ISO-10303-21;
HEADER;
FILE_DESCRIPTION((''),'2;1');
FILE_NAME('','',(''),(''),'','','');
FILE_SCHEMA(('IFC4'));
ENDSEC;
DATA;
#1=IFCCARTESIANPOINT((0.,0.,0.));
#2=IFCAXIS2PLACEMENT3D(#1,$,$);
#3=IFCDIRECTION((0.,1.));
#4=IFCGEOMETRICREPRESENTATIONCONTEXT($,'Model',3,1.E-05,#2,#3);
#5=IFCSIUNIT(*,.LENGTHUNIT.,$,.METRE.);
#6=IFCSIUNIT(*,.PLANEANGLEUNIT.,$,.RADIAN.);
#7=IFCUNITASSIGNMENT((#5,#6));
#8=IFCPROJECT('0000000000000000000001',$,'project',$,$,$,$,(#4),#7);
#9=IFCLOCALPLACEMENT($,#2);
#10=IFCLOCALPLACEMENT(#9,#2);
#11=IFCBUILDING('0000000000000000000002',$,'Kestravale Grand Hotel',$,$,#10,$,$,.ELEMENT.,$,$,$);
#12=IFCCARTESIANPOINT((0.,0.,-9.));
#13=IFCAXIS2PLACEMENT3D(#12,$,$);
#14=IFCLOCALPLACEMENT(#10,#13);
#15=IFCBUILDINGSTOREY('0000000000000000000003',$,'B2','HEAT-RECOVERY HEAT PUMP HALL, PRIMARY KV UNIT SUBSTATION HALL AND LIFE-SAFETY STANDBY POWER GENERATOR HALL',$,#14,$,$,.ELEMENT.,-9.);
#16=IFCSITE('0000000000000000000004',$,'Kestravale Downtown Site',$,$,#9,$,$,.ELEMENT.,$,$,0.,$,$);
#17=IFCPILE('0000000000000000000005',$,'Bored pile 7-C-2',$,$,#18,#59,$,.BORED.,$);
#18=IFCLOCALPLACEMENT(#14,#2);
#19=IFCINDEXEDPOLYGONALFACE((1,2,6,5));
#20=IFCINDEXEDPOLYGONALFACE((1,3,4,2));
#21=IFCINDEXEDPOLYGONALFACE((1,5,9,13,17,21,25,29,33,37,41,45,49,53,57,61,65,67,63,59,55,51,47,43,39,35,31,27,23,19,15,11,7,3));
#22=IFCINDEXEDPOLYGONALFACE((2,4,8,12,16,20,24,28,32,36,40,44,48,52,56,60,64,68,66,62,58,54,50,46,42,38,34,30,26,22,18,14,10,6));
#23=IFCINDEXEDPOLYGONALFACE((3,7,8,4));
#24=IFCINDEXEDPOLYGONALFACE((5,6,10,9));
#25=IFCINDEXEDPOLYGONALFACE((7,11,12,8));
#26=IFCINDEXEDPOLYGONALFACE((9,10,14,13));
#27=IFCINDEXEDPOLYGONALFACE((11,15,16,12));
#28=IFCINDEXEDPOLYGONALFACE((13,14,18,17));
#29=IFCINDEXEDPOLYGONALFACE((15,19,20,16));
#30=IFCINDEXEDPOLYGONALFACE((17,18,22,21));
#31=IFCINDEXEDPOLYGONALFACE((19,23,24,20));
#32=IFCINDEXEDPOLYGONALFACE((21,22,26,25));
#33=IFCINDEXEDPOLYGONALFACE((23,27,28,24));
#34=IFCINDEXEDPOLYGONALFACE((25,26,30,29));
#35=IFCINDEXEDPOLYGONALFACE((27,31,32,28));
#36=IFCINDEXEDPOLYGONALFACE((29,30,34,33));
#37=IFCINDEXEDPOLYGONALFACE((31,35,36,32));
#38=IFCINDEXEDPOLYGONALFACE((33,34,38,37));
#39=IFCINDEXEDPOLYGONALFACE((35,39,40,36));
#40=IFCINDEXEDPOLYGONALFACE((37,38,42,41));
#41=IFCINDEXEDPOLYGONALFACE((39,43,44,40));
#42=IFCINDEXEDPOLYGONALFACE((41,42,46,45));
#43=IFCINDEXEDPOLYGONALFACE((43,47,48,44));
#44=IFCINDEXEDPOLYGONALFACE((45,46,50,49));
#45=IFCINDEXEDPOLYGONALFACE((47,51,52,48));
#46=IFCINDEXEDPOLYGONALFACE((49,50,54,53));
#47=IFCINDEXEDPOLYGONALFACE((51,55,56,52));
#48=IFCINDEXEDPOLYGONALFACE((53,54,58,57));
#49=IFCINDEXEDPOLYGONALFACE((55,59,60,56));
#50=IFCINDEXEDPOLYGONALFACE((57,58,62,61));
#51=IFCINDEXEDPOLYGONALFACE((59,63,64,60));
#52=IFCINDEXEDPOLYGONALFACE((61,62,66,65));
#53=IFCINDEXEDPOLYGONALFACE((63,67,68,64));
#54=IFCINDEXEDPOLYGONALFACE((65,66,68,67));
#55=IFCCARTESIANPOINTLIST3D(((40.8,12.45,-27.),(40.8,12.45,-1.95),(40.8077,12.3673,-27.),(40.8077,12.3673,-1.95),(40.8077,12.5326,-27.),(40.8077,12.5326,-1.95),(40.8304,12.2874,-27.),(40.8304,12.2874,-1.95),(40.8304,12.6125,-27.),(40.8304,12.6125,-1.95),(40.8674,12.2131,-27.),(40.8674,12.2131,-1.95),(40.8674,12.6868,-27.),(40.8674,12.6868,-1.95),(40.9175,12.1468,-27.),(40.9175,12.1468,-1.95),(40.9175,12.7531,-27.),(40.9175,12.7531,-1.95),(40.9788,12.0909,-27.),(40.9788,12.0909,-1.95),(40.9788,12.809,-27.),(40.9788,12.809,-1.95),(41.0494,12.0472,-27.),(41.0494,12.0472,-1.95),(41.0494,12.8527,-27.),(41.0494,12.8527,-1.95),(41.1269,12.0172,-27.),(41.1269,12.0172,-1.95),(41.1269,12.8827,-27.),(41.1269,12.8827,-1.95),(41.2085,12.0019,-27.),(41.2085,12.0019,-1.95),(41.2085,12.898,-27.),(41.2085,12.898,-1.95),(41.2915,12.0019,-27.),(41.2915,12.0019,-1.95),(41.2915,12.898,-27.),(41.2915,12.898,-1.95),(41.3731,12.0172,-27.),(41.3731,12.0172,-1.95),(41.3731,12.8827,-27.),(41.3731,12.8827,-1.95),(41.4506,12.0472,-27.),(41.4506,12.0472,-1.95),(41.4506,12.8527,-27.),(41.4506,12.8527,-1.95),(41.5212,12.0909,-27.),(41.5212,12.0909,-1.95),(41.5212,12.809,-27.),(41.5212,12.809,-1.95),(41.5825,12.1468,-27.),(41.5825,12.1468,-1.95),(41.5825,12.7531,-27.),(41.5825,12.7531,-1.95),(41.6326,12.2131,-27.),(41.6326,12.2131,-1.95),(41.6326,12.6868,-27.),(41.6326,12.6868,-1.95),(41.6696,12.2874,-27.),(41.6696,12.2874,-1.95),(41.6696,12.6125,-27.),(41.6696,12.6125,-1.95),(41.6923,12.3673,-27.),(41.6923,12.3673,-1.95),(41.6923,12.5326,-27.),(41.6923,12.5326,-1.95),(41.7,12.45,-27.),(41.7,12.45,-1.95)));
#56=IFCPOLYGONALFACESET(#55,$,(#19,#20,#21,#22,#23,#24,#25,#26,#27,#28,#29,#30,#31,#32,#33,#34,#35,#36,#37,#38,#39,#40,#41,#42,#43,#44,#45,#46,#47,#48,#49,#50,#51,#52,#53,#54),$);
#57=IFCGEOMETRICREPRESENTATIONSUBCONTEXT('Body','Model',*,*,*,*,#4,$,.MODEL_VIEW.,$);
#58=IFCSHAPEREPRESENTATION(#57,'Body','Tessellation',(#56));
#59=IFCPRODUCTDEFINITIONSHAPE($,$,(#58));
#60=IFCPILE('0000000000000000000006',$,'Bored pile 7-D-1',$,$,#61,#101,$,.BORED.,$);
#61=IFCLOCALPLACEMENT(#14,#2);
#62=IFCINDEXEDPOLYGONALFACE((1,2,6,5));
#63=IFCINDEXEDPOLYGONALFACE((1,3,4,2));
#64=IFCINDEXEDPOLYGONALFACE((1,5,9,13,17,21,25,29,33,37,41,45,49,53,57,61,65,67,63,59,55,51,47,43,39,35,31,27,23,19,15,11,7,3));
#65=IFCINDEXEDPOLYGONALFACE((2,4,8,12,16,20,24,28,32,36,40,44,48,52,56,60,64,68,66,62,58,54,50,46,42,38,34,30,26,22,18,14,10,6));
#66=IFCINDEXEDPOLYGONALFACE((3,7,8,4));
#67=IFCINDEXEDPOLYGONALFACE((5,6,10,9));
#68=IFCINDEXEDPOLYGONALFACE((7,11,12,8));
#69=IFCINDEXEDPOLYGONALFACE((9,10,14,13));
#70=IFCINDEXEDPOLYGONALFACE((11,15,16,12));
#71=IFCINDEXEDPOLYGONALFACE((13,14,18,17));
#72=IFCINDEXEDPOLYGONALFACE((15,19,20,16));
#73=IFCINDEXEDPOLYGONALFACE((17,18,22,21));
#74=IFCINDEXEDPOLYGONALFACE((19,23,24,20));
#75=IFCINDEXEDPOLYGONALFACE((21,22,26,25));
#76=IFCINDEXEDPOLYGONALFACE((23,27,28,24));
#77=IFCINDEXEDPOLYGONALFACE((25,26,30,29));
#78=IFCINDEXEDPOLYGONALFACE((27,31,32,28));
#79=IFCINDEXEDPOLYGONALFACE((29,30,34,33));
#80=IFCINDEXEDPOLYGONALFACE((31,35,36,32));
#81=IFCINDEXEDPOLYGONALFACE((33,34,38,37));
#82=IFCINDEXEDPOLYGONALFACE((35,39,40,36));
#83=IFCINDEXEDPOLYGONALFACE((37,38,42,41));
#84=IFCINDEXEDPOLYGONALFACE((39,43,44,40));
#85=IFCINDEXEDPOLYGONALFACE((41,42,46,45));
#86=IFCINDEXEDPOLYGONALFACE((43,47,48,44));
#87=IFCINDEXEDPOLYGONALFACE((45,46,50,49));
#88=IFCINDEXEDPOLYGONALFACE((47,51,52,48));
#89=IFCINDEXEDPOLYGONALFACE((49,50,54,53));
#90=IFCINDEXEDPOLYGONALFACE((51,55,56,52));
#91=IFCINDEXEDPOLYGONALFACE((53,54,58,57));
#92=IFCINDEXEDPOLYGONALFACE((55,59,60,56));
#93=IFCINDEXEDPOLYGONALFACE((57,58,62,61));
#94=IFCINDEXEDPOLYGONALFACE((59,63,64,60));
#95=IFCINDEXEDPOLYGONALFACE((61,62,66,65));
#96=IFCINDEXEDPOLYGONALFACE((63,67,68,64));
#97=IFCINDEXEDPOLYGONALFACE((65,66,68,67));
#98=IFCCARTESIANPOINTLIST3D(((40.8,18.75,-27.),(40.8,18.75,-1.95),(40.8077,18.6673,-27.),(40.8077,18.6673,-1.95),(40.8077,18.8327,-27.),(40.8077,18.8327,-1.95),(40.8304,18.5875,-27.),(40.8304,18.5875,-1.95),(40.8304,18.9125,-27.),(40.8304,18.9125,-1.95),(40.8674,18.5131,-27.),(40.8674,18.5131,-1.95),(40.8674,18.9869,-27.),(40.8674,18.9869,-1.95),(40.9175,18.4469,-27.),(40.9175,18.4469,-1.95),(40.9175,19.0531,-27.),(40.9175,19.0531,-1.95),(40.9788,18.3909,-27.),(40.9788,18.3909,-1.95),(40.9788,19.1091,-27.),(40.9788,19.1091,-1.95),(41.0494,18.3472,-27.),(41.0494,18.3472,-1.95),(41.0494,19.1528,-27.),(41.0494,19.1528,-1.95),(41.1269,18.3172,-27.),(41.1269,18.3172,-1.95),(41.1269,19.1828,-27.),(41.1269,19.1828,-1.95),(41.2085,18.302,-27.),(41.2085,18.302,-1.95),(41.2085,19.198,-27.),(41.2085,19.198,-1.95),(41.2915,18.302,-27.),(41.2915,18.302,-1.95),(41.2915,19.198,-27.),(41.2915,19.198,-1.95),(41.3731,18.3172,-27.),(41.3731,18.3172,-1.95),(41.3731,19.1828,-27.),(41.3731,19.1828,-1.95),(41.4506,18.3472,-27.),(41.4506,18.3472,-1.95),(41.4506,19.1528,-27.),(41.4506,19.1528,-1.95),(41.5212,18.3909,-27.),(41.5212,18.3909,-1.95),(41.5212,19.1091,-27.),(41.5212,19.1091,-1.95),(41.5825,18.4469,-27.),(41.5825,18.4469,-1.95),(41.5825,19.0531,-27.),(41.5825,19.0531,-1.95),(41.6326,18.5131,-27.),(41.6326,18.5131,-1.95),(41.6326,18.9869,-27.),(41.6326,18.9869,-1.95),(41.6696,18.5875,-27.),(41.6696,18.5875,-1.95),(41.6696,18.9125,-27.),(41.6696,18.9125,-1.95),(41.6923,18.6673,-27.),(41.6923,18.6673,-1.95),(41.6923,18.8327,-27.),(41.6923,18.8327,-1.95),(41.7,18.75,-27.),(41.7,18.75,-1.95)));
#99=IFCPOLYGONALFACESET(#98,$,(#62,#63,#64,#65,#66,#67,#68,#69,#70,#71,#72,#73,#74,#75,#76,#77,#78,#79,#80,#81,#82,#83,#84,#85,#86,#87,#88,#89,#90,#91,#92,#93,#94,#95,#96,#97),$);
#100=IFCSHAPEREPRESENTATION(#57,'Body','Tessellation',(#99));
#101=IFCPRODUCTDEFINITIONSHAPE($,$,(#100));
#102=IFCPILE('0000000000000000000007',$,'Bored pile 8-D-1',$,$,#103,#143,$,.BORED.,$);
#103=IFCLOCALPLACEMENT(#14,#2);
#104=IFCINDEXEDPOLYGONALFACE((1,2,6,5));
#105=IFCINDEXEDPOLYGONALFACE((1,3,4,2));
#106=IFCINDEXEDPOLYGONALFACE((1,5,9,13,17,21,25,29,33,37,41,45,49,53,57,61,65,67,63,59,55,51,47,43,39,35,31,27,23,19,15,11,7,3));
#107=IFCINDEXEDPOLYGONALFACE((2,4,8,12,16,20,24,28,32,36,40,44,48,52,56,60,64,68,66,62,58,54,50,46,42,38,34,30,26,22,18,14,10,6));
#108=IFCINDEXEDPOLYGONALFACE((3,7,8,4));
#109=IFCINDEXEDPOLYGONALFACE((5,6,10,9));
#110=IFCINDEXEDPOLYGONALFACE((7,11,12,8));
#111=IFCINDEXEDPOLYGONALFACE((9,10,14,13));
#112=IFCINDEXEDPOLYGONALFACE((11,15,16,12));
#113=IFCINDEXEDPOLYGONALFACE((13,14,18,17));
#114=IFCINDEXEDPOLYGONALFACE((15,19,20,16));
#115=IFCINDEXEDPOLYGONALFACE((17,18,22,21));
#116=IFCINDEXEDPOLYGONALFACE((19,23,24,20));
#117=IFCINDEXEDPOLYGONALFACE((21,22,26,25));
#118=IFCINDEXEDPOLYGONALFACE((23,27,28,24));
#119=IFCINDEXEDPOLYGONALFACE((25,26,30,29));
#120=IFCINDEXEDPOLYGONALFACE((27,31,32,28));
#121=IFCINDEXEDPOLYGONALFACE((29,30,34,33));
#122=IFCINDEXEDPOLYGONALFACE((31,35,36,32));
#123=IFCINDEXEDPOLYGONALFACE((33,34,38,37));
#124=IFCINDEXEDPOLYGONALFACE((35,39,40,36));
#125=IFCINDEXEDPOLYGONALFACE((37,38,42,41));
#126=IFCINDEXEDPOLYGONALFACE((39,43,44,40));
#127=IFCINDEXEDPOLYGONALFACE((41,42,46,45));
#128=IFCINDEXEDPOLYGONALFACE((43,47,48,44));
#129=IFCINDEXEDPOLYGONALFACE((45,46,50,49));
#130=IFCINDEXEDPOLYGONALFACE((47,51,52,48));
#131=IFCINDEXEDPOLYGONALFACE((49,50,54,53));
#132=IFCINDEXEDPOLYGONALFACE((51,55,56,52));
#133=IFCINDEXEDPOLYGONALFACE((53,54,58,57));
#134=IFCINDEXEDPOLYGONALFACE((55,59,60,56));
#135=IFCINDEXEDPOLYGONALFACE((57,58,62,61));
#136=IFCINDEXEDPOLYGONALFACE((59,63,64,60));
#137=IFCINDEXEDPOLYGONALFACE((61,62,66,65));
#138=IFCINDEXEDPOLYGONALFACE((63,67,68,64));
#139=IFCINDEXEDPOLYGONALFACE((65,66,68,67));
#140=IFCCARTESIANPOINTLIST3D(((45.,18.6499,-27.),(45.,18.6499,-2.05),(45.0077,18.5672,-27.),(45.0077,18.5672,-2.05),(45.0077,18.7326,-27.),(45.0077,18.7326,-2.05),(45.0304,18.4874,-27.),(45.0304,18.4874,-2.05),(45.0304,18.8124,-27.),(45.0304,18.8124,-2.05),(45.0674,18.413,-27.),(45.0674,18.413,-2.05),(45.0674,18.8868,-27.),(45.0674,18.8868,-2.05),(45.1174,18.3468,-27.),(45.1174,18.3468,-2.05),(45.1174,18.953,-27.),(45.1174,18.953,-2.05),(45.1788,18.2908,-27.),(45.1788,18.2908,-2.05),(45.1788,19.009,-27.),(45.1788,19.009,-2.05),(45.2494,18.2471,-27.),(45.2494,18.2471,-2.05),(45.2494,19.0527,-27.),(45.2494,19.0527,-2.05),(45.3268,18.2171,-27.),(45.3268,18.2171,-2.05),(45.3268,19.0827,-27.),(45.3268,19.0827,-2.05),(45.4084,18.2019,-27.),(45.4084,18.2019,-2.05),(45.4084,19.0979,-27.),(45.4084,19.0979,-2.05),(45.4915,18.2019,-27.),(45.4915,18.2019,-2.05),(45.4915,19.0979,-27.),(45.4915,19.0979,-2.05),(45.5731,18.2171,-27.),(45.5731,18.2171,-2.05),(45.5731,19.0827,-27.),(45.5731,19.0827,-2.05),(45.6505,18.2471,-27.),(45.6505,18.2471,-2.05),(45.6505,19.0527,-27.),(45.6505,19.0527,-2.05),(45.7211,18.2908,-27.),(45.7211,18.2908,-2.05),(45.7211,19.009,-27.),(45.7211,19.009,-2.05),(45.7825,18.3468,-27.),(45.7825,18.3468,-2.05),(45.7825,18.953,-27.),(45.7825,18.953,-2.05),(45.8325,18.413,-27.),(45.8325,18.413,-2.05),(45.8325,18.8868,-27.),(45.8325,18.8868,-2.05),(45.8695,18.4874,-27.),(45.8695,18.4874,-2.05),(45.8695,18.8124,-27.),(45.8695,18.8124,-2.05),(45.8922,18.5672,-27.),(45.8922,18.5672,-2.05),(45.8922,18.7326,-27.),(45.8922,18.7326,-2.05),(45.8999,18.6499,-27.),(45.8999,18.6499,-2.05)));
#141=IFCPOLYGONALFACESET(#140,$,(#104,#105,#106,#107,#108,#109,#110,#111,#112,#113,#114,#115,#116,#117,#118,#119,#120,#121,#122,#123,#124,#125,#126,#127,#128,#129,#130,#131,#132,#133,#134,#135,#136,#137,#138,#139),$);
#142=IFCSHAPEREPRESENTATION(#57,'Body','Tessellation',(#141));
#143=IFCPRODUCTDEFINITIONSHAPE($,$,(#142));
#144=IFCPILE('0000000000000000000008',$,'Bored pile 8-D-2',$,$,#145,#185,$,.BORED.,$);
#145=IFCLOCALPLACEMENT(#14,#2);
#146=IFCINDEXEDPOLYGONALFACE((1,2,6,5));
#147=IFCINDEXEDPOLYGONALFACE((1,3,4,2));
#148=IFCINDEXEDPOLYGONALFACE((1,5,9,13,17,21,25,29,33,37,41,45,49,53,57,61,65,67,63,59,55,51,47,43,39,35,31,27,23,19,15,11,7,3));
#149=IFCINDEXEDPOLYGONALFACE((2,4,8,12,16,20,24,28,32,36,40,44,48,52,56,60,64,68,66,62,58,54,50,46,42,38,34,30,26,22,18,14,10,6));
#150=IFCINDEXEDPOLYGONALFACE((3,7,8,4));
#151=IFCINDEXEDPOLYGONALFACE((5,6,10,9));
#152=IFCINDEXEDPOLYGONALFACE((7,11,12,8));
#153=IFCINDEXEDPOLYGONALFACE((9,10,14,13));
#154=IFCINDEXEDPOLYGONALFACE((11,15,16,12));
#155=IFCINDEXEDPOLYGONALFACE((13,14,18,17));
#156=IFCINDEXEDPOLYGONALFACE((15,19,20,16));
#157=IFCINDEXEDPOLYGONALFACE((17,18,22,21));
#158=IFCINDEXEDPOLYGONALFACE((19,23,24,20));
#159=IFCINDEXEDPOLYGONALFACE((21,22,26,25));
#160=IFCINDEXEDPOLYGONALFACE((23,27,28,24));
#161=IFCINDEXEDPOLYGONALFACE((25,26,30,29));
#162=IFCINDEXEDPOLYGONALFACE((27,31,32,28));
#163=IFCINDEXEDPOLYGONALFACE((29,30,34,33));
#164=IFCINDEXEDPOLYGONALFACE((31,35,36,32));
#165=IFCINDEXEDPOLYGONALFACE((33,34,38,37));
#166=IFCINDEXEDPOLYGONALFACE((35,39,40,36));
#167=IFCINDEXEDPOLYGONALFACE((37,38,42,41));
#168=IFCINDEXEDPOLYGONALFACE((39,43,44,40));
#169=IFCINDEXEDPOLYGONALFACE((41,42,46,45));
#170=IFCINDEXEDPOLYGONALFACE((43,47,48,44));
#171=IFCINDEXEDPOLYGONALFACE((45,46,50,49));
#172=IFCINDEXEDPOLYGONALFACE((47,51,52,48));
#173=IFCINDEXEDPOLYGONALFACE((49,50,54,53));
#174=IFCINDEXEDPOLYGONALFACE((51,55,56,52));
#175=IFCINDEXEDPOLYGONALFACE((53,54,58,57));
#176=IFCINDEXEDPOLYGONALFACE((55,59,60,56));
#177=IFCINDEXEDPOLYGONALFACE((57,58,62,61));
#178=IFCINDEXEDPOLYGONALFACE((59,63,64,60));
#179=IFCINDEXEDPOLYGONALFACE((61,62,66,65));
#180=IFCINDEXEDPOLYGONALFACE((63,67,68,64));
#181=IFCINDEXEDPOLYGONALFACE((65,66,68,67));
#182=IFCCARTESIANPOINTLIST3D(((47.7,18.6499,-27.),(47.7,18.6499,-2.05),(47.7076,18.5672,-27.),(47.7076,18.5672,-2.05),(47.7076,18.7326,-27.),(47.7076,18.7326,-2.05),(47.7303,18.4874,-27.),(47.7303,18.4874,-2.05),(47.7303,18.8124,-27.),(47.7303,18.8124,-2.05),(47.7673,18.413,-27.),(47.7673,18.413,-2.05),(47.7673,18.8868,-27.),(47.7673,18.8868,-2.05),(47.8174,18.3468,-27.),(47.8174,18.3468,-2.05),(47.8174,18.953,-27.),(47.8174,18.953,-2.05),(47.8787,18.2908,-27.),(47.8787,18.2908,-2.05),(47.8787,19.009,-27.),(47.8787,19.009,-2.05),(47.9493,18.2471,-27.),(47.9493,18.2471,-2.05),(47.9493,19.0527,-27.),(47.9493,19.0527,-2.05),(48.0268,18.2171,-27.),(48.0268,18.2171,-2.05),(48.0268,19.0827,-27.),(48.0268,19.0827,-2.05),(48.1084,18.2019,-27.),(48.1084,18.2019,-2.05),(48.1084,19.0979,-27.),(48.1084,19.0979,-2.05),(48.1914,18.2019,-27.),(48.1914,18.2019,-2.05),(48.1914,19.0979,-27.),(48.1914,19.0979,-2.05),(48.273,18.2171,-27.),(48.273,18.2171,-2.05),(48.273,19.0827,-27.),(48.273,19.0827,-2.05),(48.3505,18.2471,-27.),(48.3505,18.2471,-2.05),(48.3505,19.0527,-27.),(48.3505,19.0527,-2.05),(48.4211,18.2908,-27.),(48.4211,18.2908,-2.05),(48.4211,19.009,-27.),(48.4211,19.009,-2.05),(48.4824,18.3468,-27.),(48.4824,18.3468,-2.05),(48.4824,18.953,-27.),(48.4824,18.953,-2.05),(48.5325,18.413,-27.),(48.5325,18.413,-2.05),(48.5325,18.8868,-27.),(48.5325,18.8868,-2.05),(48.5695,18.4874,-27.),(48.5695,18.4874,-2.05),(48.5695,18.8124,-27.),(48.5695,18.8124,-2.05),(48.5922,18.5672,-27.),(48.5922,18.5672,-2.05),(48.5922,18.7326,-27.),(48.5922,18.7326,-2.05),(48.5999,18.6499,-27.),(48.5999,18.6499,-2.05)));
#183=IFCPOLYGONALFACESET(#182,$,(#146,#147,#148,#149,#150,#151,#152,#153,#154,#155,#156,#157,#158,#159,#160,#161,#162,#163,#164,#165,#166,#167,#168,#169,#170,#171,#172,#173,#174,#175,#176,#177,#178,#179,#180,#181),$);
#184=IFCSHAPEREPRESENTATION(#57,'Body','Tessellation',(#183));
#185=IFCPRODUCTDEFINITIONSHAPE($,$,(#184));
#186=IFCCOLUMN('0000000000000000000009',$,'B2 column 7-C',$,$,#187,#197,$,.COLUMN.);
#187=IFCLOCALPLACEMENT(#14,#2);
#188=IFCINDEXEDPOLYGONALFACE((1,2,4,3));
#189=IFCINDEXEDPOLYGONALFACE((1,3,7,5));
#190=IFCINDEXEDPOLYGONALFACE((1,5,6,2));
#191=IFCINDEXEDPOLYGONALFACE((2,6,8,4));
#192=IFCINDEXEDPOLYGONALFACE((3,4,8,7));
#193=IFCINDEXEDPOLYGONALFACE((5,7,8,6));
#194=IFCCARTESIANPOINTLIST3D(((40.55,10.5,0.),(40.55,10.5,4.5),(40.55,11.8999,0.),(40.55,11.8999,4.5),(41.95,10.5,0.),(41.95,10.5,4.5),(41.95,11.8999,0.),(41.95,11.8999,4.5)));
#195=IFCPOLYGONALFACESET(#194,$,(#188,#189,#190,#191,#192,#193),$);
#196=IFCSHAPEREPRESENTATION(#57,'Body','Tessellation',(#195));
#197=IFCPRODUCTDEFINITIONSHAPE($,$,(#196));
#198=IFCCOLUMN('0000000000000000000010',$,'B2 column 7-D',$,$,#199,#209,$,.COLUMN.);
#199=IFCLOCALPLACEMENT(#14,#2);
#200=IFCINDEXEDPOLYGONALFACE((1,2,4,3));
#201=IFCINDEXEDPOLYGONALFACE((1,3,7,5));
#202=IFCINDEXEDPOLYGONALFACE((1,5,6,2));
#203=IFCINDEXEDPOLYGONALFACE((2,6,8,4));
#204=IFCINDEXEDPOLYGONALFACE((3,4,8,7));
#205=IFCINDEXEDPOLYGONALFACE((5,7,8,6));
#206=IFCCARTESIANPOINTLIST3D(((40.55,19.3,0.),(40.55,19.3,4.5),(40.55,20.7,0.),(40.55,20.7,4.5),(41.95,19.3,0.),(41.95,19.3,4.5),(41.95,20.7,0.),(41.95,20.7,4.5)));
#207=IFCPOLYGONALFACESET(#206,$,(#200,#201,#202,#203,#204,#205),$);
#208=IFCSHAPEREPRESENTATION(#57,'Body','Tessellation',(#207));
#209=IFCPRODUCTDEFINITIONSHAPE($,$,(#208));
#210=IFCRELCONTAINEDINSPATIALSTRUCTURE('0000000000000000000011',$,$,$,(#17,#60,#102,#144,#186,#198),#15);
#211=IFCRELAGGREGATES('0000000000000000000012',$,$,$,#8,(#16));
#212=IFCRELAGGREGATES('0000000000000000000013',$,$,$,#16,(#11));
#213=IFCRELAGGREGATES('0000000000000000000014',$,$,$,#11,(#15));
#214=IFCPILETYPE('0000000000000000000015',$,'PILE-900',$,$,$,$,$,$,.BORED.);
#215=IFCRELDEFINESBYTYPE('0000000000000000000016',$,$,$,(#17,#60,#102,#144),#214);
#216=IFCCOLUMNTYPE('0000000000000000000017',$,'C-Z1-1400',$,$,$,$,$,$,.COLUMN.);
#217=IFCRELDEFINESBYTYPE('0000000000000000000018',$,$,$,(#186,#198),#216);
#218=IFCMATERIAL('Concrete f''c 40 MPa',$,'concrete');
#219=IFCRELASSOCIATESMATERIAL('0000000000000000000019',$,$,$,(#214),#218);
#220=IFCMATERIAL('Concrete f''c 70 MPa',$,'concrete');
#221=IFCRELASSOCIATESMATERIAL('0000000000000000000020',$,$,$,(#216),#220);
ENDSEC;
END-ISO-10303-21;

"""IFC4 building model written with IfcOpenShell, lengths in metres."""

from ifc_helpers import new_model, si_unit, direction, frame, origin, origin_2d, place, context, subcontext, project, spatial, rectangle, circle, extrude, material, material_profile, profile_set, type_object, element, save


model = new_model("IFC4")

# Units and contexts
model_context = context("Model", 3, precision=1e-05, world=origin(), true_north=direction((0.0, 1.0)))
body_context = subcontext(model_context, "Body", "Model", "MODEL_VIEW")
ifc_project = project(units=[si_unit("LENGTHUNIT", "METRE"), si_unit("PLANEANGLEUNIT", "RADIAN")], contexts=[model_context])

# Site, building, storey
site_placement = place(None, origin())
site = spatial("IfcSite", under=ifc_project, at=site_placement, Name="Kestravale Downtown Site", CompositionType="ELEMENT", RefElevation=0.0)
building_placement = place(site_placement, origin())
building = spatial("IfcBuilding", under=site, at=building_placement, Name="Kestravale Grand Hotel", CompositionType="ELEMENT")
storey_placement = place(building_placement, frame((0.0, 0.0, -9.0)))
storey = spatial("IfcBuildingStorey", under=building, at=storey_placement, Name="B2", Description="HEAT-RECOVERY HEAT PUMP HALL, PRIMARY KV UNIT SUBSTATION HALL AND LIFE-SAFETY STANDBY POWER GENERATOR HALL", CompositionType="ELEMENT", Elevation=-9.0)

# Piles
ifc_material_1 = material(Name="Concrete f'c 40 MPa", Category="concrete")
ifc_material_profile_1 = material_profile(ifc_material_1, circle(Radius=0.45, at=origin_2d()))
ifc_profile_set_1 = profile_set([ifc_material_profile_1], Name="Concrete f'c 40 MPa")
pile_type_1 = type_object("IfcPileType", Name="PILE-900", PredefinedType="BORED", material=ifc_profile_set_1)
for number, where, z_axis, x_axis, name in (
    (1, (41.25, 12.45, -1.95), (0.0, 0.0, -1.0), (1.0, 0.0, 0.0), "Bored pile 7-C-2"),
    (2, (41.25, 18.75, -1.95), (0.0, 0.0, -1.0), (1.0, 0.0, 0.0), "Bored pile 7-D-1"),
):
    element("IfcPile", number, at=place(storey_placement, frame(where, z_axis=z_axis, x_axis=x_axis)), inside=storey, type_object=pile_type_1, Name=name, PredefinedType="BORED", context=body_context, shape_type="SweptSolid", body=[
        extrude(circle(Radius=0.45, at=origin_2d()), origin(), (0.0, 0.0, 1.0), 25.05),
    ])
for number, where, z_axis, x_axis, name in (
    (3, (45.45, 18.6499, -2.05), (0.0, 0.0, -1.0), (1.0, 0.0, 0.0), "Bored pile 8-D-1"),
    (4, (48.1499, 18.6499, -2.05), (0.0, 0.0, -1.0), (1.0, 0.0, 0.0), "Bored pile 8-D-2"),
):
    element("IfcPile", number, at=place(storey_placement, frame(where, z_axis=z_axis, x_axis=x_axis)), inside=storey, type_object=pile_type_1, Name=name, PredefinedType="BORED", context=body_context, shape_type="SweptSolid", body=[
        extrude(circle(Radius=0.45, at=origin_2d()), origin(), (0.0, 0.0, 1.0), 24.95),
    ])

# Columns
ifc_material_2 = material(Name="Concrete f'c 70 MPa", Category="concrete")
ifc_material_profile_2 = material_profile(ifc_material_2, rectangle(XDim=1.3999, YDim=1.3999, at=origin_2d()))
ifc_profile_set_2 = profile_set([ifc_material_profile_2], Name="Concrete f'c 70 MPa")
column_type = type_object("IfcColumnType", Name="C-Z1-1400", PredefinedType="COLUMN", material=ifc_profile_set_2)
for number, where, z_axis, x_axis, name in (
    (5, (41.25, 11.2, 0.0), (0.0, 0.0, 1.0), (1.0, 0.0, 0.0), "B2 column 7-C"),
    (6, (41.25, 20.0, 0.0), (0.0, 0.0, 1.0), (1.0, 0.0, 0.0), "B2 column 7-D"),
):
    element("IfcColumn", number, at=place(storey_placement, frame(where, z_axis=z_axis, x_axis=x_axis)), inside=storey, type_object=column_type, Name=name, PredefinedType="COLUMN", context=body_context, shape_type="SweptSolid", body=[
        extrude(rectangle(XDim=1.3999, YDim=1.3999, at=origin_2d()), origin(), (0.0, 0.0, 1.0), 4.5),
    ])

save(model, "model.ifc")
